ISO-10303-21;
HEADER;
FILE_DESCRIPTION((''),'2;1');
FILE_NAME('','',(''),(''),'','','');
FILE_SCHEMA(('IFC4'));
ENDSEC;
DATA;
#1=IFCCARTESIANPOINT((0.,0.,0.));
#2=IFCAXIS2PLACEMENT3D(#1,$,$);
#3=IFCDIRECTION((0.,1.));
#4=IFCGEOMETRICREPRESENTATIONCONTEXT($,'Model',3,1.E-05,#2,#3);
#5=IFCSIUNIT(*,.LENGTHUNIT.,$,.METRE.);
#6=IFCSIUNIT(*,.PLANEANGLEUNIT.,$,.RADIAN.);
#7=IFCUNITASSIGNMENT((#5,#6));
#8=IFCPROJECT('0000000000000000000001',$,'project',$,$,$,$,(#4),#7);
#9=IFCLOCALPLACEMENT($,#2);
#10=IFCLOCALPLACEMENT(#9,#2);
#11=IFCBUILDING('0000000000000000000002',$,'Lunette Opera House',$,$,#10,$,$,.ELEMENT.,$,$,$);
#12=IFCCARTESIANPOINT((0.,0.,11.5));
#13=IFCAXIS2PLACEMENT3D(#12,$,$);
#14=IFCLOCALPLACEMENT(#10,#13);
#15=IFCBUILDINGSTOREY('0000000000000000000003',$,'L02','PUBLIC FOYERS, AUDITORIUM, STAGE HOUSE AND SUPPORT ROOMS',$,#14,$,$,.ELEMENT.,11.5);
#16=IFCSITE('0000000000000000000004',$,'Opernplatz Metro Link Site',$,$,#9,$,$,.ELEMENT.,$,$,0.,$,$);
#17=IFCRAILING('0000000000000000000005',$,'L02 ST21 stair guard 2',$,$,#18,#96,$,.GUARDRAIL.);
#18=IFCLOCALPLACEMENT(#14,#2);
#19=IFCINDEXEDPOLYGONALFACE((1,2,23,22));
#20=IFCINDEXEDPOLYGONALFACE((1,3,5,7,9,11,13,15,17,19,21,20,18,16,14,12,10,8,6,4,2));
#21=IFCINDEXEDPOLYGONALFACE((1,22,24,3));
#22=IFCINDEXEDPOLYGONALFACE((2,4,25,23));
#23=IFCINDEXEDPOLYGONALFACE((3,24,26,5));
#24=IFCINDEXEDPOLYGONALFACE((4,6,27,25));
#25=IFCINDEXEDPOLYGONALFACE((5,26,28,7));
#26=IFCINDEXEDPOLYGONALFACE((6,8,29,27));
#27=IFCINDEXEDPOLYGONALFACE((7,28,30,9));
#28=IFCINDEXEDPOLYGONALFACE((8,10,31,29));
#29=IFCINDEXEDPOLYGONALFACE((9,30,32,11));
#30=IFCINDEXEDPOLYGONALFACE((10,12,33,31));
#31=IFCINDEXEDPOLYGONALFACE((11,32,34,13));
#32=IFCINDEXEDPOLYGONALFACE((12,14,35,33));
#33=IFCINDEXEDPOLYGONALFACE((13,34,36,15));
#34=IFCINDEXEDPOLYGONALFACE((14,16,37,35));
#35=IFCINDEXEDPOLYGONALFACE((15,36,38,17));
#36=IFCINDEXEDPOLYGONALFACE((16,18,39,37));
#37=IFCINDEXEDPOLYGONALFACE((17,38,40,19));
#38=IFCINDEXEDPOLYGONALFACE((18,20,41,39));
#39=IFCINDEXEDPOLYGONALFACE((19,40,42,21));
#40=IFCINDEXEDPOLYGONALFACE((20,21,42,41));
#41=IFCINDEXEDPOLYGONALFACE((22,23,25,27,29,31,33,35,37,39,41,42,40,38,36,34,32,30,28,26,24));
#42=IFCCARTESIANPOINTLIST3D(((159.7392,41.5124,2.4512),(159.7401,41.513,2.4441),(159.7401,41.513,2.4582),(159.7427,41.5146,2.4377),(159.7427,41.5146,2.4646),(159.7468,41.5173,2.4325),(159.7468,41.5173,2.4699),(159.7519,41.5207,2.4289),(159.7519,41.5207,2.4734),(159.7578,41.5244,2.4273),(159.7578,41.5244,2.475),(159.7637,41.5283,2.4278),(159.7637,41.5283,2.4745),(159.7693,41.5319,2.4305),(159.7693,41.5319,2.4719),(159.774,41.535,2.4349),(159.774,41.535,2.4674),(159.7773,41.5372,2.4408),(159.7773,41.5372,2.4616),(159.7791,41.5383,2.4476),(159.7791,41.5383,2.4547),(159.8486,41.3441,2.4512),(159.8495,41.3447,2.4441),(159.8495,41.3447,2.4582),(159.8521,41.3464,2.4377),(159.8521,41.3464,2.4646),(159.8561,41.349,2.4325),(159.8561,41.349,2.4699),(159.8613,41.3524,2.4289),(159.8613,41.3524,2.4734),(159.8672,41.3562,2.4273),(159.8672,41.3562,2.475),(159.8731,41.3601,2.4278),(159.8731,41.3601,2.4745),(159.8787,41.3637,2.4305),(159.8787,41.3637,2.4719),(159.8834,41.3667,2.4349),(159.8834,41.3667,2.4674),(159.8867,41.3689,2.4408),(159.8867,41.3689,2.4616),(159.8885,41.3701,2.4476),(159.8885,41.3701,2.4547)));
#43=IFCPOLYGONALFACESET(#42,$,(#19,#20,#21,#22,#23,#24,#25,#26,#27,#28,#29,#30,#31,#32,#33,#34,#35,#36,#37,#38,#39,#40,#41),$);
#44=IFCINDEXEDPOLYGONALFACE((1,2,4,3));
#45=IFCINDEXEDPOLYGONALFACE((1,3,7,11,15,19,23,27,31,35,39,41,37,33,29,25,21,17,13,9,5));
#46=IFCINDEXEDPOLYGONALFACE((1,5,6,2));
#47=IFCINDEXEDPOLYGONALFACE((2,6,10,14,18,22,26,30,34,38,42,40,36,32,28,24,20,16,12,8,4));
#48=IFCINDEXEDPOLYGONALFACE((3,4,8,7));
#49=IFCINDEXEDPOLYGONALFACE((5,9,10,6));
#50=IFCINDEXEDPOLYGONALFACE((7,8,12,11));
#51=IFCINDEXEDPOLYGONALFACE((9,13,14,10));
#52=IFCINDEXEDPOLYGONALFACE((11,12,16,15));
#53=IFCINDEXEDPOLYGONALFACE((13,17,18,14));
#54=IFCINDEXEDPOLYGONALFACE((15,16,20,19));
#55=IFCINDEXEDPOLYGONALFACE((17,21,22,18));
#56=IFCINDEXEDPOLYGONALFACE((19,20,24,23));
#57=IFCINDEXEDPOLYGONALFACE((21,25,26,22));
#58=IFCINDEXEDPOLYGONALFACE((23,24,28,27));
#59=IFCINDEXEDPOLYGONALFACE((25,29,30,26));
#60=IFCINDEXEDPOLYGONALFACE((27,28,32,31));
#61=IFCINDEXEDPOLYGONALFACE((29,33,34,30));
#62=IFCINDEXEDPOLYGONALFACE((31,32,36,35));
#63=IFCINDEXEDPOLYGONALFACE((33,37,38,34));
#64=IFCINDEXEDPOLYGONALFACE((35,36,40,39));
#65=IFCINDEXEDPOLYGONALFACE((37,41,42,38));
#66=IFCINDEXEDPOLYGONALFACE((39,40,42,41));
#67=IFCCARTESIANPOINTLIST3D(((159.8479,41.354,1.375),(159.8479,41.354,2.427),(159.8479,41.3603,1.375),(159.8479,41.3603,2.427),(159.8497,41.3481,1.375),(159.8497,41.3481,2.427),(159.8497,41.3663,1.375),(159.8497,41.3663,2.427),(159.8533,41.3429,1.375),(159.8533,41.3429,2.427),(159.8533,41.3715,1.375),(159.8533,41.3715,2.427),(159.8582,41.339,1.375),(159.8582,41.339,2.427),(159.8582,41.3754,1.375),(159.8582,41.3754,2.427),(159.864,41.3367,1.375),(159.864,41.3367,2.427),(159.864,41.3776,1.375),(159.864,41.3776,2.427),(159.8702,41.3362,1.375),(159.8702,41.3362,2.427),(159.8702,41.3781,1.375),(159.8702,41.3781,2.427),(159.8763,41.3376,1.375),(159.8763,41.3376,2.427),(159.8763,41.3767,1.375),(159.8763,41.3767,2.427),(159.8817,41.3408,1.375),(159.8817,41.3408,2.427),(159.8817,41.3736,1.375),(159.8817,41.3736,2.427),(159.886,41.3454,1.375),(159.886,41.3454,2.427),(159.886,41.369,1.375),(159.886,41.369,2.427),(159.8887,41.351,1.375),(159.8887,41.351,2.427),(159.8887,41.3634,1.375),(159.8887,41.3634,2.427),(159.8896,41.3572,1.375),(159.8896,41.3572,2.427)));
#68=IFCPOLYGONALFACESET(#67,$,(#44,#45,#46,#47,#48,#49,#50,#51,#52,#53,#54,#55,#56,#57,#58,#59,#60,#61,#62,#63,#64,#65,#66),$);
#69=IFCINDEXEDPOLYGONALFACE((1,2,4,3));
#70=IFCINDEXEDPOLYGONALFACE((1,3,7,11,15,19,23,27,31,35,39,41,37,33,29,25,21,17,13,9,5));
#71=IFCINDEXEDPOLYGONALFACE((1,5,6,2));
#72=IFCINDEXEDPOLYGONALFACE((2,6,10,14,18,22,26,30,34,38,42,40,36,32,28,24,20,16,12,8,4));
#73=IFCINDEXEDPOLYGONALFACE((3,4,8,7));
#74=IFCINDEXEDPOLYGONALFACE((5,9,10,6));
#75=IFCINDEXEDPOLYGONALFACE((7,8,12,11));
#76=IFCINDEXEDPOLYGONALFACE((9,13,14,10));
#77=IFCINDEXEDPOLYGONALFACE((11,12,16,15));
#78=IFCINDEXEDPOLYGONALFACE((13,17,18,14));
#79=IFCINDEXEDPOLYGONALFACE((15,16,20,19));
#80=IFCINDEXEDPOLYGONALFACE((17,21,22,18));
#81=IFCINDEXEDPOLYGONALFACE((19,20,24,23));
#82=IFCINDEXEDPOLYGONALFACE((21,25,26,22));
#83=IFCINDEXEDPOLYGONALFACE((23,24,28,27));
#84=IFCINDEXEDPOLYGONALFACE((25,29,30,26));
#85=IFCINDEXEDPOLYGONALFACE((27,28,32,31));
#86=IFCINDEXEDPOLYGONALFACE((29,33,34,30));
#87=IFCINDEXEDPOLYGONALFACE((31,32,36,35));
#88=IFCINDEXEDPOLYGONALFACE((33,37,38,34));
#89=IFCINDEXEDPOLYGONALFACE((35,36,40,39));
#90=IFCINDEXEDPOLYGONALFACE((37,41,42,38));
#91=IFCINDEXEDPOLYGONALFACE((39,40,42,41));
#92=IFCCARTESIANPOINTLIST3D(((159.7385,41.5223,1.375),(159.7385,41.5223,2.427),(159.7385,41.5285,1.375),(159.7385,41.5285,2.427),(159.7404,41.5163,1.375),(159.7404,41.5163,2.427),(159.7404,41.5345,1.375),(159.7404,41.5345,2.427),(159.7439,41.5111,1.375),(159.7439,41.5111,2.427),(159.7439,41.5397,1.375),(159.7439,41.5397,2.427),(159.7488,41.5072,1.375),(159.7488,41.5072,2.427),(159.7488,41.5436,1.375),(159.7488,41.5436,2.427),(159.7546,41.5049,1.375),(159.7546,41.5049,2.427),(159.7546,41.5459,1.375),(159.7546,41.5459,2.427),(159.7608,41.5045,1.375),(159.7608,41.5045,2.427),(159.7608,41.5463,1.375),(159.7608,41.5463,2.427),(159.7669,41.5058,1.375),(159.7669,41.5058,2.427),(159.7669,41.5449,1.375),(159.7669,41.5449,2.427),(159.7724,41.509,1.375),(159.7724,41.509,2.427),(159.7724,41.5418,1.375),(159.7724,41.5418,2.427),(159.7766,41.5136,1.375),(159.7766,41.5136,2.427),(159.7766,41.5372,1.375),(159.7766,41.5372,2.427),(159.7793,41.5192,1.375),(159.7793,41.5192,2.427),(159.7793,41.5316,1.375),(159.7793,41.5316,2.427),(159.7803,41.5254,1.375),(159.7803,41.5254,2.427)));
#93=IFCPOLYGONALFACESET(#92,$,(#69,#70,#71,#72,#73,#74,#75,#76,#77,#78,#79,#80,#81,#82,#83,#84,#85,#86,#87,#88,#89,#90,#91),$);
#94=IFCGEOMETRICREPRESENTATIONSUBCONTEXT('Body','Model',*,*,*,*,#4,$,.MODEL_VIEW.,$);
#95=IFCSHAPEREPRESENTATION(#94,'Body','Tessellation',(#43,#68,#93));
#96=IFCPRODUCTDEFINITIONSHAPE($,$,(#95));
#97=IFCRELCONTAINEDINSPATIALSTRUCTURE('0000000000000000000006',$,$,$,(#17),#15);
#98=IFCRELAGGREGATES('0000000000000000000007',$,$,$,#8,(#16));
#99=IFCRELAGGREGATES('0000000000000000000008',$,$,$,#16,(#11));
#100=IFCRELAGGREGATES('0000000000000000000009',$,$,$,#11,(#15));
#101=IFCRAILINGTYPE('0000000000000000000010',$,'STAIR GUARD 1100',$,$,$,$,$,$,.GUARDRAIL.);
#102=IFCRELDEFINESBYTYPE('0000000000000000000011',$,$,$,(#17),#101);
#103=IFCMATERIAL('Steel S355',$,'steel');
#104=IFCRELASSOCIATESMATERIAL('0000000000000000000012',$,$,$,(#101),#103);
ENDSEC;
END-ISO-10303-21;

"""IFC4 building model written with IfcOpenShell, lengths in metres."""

from ifc_helpers import new_model, si_unit, direction, frame, origin, origin_2d, place, context, subcontext, project, spatial, circle, extrude, material, type_object, element, save


model = new_model("IFC4")

# Units and contexts
model_context = context("Model", 3, precision=1e-05, world=origin(), true_north=direction((0.0, 1.0)))
body_context = subcontext(model_context, "Body", "Model", "MODEL_VIEW")
ifc_project = project(units=[si_unit("LENGTHUNIT", "METRE"), si_unit("PLANEANGLEUNIT", "RADIAN")], contexts=[model_context])

# Site, building, storey
site_placement = place(None, origin())
site = spatial("IfcSite", under=ifc_project, at=site_placement, Name="Opernplatz Metro Link Site", CompositionType="ELEMENT", RefElevation=0.0)
building_placement = place(site_placement, origin())
building = spatial("IfcBuilding", under=site, at=building_placement, Name="Lunette Opera House", CompositionType="ELEMENT")
storey_placement = place(building_placement, frame((0.0, 0.0, 11.5)))
storey = spatial("IfcBuildingStorey", under=building, at=storey_placement, Name="L02", Description="PUBLIC FOYERS, AUDITORIUM, STAGE HOUSE AND SUPPORT ROOMS", CompositionType="ELEMENT", Elevation=11.5)

# Railing
ifc_material_1 = material(Name="Steel S355", Category="steel")
railing_type_1 = type_object("IfcRailingType", Name="STAIR GUARD 1100", PredefinedType="GUARDRAIL", material=ifc_material_1)
railing_1_placement = place(storey_placement, frame((159.8687, 41.3572, 1.375)))
element("IfcRailing", 1, at=railing_1_placement, inside=storey, type_object=railing_type_1, Name="L02 ST21 stair guard 2", PredefinedType="GUARDRAIL", context=body_context, shape_type="SweptSolid", body=[
    extrude(circle(Radius=0.0239, at=origin_2d()), frame((0.0, 0.0, 1.0762), z_axis=(-0.545117, 0.83836, 0.0), x_axis=(-0.83836, -0.545117, 0.0)), (0.0, 0.0, 1.0), 0.2007),
    extrude(circle(Radius=0.021, at=origin_2d()), origin(), (0.0, 0.0, 1.0), 1.052),
    extrude(circle(Radius=0.021, at=origin_2d()), frame((-0.1094, 0.1682, 0.0)), (0.0, 0.0, 1.0), 1.052),
])

save(model, "model.ifc")
